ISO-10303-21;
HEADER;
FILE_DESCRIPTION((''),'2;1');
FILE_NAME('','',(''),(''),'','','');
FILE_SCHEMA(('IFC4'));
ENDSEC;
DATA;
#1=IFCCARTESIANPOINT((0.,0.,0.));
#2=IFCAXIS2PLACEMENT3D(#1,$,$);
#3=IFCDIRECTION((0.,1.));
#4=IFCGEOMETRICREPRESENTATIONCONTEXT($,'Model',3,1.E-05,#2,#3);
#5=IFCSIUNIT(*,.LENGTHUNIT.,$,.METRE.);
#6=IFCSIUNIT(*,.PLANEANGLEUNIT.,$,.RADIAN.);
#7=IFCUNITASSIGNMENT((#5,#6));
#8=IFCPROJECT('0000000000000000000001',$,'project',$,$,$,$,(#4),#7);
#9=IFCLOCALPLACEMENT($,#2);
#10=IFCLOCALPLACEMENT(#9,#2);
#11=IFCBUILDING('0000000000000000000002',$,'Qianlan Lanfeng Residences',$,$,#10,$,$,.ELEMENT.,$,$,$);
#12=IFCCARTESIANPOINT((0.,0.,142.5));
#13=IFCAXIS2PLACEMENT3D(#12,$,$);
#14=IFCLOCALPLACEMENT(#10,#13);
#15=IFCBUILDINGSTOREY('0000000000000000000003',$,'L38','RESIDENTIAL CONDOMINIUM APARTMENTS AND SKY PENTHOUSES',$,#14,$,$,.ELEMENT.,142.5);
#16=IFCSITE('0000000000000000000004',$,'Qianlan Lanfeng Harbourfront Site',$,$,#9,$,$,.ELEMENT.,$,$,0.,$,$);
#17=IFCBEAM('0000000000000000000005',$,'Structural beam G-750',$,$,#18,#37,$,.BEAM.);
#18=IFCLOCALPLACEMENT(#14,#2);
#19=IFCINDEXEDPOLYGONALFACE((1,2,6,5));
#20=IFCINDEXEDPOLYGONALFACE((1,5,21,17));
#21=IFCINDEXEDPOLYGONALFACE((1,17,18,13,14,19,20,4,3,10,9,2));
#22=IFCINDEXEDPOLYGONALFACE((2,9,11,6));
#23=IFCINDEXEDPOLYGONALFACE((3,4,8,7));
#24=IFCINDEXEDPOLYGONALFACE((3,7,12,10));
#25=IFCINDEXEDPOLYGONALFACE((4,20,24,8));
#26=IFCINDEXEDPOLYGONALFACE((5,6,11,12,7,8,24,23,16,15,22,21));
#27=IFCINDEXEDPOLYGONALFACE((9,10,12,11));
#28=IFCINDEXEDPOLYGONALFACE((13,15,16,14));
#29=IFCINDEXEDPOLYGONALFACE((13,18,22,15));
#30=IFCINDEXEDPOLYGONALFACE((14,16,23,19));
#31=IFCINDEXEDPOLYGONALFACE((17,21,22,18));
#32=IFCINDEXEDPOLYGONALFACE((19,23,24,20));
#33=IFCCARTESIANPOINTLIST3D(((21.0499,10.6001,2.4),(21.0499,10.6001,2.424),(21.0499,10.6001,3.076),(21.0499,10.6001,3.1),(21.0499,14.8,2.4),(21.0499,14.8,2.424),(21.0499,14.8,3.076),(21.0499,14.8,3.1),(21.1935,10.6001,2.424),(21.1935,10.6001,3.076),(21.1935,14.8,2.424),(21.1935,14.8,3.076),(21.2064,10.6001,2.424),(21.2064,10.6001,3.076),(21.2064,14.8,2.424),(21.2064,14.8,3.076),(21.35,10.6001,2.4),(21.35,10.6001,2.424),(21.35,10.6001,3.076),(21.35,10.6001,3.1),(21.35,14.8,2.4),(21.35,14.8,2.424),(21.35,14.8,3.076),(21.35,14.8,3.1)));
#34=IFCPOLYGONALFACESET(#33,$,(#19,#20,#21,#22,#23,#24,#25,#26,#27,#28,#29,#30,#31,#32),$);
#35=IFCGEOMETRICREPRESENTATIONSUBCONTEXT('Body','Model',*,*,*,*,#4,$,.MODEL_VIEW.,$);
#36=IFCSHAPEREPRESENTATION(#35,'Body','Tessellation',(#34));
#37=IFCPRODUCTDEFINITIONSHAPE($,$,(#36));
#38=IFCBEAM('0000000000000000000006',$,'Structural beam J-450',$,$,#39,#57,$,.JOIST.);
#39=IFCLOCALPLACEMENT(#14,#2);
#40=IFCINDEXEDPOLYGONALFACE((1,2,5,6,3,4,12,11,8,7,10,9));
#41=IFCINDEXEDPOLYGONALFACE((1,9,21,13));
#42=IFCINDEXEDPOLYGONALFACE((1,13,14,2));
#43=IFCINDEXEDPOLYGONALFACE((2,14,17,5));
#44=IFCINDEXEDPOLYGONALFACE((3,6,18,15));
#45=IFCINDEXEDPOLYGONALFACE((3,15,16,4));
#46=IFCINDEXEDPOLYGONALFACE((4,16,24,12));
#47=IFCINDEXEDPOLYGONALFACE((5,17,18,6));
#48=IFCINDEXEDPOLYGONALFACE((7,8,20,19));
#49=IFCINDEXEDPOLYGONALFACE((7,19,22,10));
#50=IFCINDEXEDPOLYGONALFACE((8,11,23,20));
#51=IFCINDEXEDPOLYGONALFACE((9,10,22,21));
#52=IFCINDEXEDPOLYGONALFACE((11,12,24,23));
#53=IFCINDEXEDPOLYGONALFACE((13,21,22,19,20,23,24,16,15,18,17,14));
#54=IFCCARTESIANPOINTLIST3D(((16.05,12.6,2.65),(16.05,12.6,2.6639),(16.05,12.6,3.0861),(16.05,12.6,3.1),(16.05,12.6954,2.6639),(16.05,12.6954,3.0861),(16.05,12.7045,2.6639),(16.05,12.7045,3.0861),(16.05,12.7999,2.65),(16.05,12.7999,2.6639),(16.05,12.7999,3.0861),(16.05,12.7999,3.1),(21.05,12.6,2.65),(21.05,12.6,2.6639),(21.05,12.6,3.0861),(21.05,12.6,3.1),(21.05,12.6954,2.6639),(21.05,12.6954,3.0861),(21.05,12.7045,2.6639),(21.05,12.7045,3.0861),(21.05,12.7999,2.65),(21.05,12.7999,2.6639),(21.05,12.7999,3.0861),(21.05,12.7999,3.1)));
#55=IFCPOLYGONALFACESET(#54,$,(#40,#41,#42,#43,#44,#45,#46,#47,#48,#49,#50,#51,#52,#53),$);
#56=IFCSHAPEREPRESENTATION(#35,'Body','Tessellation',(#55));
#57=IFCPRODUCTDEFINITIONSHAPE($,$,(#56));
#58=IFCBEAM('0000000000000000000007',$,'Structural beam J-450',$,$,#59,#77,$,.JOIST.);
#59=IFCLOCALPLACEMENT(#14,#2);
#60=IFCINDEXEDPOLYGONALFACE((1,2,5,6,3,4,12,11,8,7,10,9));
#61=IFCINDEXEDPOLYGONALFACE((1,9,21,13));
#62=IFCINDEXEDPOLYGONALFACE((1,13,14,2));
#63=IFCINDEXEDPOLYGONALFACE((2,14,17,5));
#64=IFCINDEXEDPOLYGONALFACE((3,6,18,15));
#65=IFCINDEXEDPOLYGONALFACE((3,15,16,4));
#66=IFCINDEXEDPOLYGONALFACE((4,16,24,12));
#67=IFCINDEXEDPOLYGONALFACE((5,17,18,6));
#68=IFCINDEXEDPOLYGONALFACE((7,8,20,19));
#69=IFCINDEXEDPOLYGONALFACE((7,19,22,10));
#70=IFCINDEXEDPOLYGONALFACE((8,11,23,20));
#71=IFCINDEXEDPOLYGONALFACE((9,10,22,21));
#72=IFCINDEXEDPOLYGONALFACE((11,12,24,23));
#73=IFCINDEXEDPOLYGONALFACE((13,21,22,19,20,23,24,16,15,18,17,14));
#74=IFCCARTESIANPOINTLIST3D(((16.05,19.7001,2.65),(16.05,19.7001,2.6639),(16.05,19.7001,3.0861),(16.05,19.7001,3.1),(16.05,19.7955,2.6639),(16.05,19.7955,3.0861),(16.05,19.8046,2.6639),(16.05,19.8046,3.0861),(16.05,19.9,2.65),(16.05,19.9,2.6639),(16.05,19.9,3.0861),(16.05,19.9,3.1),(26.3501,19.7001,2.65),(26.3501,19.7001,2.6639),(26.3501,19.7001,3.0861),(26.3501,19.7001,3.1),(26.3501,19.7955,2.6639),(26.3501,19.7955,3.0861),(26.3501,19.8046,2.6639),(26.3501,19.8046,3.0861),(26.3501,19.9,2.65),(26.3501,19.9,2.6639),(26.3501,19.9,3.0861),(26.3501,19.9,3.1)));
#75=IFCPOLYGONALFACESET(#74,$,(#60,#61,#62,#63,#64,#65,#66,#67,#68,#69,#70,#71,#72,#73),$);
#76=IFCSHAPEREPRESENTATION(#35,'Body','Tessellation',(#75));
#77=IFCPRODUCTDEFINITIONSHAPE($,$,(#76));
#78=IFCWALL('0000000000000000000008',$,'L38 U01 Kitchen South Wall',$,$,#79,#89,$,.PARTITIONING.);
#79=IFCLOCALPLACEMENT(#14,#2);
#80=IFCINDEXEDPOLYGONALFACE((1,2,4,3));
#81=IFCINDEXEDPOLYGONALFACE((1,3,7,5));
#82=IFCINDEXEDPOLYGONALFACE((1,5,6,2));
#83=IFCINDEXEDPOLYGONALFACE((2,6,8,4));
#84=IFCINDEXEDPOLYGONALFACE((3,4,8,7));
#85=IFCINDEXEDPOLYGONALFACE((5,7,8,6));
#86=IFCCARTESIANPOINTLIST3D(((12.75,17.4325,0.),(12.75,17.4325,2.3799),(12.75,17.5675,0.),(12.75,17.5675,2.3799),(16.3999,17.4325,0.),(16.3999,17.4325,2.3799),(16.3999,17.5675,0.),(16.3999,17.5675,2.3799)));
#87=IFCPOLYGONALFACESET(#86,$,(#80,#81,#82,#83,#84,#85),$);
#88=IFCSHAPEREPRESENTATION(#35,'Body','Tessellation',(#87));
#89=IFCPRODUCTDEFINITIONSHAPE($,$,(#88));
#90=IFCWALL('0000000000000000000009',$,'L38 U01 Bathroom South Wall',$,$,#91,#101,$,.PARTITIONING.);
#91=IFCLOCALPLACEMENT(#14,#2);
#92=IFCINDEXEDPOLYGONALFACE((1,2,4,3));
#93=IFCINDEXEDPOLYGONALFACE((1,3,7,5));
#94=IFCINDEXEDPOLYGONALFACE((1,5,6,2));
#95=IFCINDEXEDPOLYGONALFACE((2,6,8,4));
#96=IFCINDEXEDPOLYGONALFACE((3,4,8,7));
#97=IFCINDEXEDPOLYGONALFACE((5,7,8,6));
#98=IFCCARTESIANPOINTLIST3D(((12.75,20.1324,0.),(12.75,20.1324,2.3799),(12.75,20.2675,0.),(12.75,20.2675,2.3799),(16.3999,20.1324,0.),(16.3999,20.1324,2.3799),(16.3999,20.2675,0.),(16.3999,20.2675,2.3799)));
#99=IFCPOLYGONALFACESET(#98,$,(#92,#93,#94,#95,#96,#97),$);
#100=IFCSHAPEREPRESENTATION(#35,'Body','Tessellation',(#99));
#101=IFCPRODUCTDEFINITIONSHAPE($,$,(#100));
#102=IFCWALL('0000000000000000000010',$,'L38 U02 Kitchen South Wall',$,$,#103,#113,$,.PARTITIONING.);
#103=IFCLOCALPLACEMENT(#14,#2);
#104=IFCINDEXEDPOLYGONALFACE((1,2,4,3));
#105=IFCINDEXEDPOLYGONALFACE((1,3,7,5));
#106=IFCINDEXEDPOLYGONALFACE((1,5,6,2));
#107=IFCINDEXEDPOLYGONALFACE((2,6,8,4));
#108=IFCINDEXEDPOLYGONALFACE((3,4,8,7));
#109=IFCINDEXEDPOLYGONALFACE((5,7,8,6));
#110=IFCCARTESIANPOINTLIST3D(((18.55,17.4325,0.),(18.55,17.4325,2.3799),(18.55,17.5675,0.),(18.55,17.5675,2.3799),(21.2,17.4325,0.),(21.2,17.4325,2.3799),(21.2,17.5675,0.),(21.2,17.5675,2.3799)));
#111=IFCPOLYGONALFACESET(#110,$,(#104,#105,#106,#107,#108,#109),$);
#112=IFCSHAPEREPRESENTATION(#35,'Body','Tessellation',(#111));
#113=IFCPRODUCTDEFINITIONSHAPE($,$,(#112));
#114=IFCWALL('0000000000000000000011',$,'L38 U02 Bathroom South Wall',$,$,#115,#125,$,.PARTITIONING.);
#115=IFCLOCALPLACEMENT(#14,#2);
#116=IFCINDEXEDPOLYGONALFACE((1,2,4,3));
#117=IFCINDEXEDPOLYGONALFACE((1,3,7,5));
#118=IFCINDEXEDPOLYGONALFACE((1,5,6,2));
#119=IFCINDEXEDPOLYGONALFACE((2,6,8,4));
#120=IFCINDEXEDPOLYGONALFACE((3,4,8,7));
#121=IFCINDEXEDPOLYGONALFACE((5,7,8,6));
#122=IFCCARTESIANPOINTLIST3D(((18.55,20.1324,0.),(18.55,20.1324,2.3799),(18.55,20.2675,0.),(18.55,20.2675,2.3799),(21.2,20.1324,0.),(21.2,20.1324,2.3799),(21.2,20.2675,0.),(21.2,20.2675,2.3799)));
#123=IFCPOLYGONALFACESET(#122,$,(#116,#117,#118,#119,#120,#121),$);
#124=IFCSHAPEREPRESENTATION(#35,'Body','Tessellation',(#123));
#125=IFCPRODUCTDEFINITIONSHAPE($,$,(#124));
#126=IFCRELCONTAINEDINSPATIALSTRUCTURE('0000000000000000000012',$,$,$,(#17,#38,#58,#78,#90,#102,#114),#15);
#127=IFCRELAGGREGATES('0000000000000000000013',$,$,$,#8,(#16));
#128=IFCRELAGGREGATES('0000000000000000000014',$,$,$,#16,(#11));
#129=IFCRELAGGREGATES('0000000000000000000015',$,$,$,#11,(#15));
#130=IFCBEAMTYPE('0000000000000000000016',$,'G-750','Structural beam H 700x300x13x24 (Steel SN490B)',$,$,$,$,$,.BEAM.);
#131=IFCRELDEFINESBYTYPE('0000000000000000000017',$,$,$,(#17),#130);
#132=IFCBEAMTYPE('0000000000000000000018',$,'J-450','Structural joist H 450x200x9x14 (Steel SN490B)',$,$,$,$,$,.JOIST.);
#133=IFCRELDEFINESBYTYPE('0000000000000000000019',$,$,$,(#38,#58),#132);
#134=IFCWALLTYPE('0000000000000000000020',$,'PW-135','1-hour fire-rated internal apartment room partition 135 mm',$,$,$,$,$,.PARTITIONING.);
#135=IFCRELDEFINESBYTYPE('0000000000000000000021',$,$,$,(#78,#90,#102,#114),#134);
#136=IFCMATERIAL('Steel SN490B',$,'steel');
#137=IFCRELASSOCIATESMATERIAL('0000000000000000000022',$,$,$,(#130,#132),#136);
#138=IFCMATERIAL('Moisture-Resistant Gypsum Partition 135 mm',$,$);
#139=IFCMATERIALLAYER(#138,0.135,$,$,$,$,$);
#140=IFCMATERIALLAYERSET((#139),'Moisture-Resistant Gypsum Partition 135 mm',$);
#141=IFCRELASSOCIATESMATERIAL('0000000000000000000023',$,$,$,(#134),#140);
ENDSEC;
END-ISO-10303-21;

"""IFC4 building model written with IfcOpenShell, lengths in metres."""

from ifc_helpers import new_model, si_unit, direction, frame, frame_2d, origin, origin_2d, place, context, subcontext, project, spatial, rectangle, i_section, extrude, material, layer, layer_set, material_profile, profile_set, type_object, element, save


model = new_model("IFC4")

# Units and contexts
model_context = context("Model", 3, precision=1e-05, world=origin(), true_north=direction((0.0, 1.0)))
body_context = subcontext(model_context, "Body", "Model", "MODEL_VIEW")
ifc_project = project(units=[si_unit("LENGTHUNIT", "METRE"), si_unit("PLANEANGLEUNIT", "RADIAN")], contexts=[model_context])

# Site, building, storey
site_placement = place(None, origin())
site = spatial("IfcSite", under=ifc_project, at=site_placement, Name="Qianlan Lanfeng Harbourfront Site", CompositionType="ELEMENT", RefElevation=0.0)
building_placement = place(site_placement, origin())
building = spatial("IfcBuilding", under=site, at=building_placement, Name="Qianlan Lanfeng Residences", CompositionType="ELEMENT")
storey_placement = place(building_placement, frame((0.0, 0.0, 142.5)))
storey = spatial("IfcBuildingStorey", under=building, at=storey_placement, Name="L38", Description="RESIDENTIAL CONDOMINIUM APARTMENTS AND SKY PENTHOUSES", CompositionType="ELEMENT", Elevation=142.5)

# Shared definitions
ifc_material_1 = material(Name="Steel SN490B", Category="steel")

# Beams
ifc_material_profile_1 = material_profile(ifc_material_1, i_section(OverallWidth=0.3, OverallDepth=0.7, WebThickness=0.0129, FlangeThickness=0.0239, at=origin_2d()), Name="H 700x300x13x24")
ifc_profile_set_1 = profile_set([ifc_material_profile_1], Name="Steel SN490B")
beam_type_1 = type_object("IfcBeamType", Name="G-750", Description="Structural beam H 700x300x13x24 (Steel SN490B)", PredefinedType="BEAM", material=ifc_profile_set_1)
beam_1_placement = place(storey_placement, frame((21.2, 10.6001, 2.75), z_axis=(0.0, 1.0, 0.0), x_axis=(-1.0, 0.0, 0.0)))
element("IfcBeam", 1, at=beam_1_placement, inside=storey, type_object=beam_type_1, Name="Structural beam G-750", PredefinedType="BEAM", context=body_context, shape_type="SweptSolid", body=[
    extrude(i_section(OverallWidth=0.3, OverallDepth=0.7, WebThickness=0.0129, FlangeThickness=0.0239, at=origin_2d()), origin(), (0.0, 0.0, 1.0), 4.2),
])
ifc_material_profile_2 = material_profile(ifc_material_1, i_section(OverallWidth=0.2, OverallDepth=0.45, WebThickness=0.009, FlangeThickness=0.0139, at=origin_2d()), Name="H 450x200x9x14")
ifc_profile_set_2 = profile_set([ifc_material_profile_2], Name="Steel SN490B")
beam_type_2 = type_object("IfcBeamType", Name="J-450", Description="Structural joist H 450x200x9x14 (Steel SN490B)", PredefinedType="JOIST", material=ifc_profile_set_2)
beam_2_placement = place(storey_placement, frame((16.05, 12.7, 2.875), z_axis=(1.0, 0.0, 0.0), x_axis=(0.0, 1.0, 0.0)))
element("IfcBeam", 2, at=beam_2_placement, inside=storey, type_object=beam_type_2, Name="Structural beam J-450", PredefinedType="JOIST", context=body_context, shape_type="SweptSolid", body=[
    extrude(i_section(OverallWidth=0.2, OverallDepth=0.45, WebThickness=0.009, FlangeThickness=0.0139, at=origin_2d()), origin(), (0.0, 0.0, 1.0), 5.0),
])
beam_3_placement = place(storey_placement, frame((16.05, 19.8, 2.875), z_axis=(1.0, 0.0, 0.0), x_axis=(0.0, 1.0, 0.0)))
element("IfcBeam", 3, at=beam_3_placement, inside=storey, type_object=beam_type_2, Name="Structural beam J-450", PredefinedType="JOIST", context=body_context, shape_type="SweptSolid", body=[
    extrude(i_section(OverallWidth=0.2, OverallDepth=0.45, WebThickness=0.009, FlangeThickness=0.0139, at=origin_2d()), origin(), (0.0, 0.0, 1.0), 10.3),
])

# Shared definitions
ifc_material_2 = material(Name="Moisture-Resistant Gypsum Partition 135 mm")
ifc_layer = layer(ifc_material_2, 0.135)
ifc_layer_set = layer_set([ifc_layer], Name="Moisture-Resistant Gypsum Partition 135 mm")
wall_type = type_object("IfcWallType", Name="PW-135", Description="1-hour fire-rated internal apartment room partition 135 mm", PredefinedType="PARTITIONING", material=ifc_layer_set)

# Walls
for number, where, z_axis, x_axis, name in (
    (4, (12.75, 17.5, 0.0), (0.0, 0.0, 1.0), (1.0, 0.0, 0.0), "L38 U01 Kitchen South Wall"),
    (5, (12.75, 20.2, 0.0), (0.0, 0.0, 1.0), (1.0, 0.0, 0.0), "L38 U01 Bathroom South Wall"),
):
    element("IfcWall", number, at=place(storey_placement, frame(where, z_axis=z_axis, x_axis=x_axis)), inside=storey, type_object=wall_type, Name=name, PredefinedType="PARTITIONING", context=body_context, shape_type="SweptSolid", body=[
        extrude(rectangle(XDim=3.6499, YDim=0.135, at=frame_2d((1.825, 0.0))), origin(), (0.0, 0.0, 1.0), 2.3799),
    ])

# Walls
for number, where, z_axis, x_axis, name in (
    (6, (18.55, 17.5, 0.0), (0.0, 0.0, 1.0), (1.0, 0.0, 0.0), "L38 U02 Kitchen South Wall"),
    (7, (18.55, 20.2, 0.0), (0.0, 0.0, 1.0), (1.0, 0.0, 0.0), "L38 U02 Bathroom South Wall"),
):
    element("IfcWall", number, at=place(storey_placement, frame(where, z_axis=z_axis, x_axis=x_axis)), inside=storey, type_object=wall_type, Name=name, PredefinedType="PARTITIONING", context=body_context, shape_type="SweptSolid", body=[
        extrude(rectangle(XDim=2.6499, YDim=0.135, at=frame_2d((1.325, 0.0))), origin(), (0.0, 0.0, 1.0), 2.3799),
    ])

save(model, "model.ifc")
